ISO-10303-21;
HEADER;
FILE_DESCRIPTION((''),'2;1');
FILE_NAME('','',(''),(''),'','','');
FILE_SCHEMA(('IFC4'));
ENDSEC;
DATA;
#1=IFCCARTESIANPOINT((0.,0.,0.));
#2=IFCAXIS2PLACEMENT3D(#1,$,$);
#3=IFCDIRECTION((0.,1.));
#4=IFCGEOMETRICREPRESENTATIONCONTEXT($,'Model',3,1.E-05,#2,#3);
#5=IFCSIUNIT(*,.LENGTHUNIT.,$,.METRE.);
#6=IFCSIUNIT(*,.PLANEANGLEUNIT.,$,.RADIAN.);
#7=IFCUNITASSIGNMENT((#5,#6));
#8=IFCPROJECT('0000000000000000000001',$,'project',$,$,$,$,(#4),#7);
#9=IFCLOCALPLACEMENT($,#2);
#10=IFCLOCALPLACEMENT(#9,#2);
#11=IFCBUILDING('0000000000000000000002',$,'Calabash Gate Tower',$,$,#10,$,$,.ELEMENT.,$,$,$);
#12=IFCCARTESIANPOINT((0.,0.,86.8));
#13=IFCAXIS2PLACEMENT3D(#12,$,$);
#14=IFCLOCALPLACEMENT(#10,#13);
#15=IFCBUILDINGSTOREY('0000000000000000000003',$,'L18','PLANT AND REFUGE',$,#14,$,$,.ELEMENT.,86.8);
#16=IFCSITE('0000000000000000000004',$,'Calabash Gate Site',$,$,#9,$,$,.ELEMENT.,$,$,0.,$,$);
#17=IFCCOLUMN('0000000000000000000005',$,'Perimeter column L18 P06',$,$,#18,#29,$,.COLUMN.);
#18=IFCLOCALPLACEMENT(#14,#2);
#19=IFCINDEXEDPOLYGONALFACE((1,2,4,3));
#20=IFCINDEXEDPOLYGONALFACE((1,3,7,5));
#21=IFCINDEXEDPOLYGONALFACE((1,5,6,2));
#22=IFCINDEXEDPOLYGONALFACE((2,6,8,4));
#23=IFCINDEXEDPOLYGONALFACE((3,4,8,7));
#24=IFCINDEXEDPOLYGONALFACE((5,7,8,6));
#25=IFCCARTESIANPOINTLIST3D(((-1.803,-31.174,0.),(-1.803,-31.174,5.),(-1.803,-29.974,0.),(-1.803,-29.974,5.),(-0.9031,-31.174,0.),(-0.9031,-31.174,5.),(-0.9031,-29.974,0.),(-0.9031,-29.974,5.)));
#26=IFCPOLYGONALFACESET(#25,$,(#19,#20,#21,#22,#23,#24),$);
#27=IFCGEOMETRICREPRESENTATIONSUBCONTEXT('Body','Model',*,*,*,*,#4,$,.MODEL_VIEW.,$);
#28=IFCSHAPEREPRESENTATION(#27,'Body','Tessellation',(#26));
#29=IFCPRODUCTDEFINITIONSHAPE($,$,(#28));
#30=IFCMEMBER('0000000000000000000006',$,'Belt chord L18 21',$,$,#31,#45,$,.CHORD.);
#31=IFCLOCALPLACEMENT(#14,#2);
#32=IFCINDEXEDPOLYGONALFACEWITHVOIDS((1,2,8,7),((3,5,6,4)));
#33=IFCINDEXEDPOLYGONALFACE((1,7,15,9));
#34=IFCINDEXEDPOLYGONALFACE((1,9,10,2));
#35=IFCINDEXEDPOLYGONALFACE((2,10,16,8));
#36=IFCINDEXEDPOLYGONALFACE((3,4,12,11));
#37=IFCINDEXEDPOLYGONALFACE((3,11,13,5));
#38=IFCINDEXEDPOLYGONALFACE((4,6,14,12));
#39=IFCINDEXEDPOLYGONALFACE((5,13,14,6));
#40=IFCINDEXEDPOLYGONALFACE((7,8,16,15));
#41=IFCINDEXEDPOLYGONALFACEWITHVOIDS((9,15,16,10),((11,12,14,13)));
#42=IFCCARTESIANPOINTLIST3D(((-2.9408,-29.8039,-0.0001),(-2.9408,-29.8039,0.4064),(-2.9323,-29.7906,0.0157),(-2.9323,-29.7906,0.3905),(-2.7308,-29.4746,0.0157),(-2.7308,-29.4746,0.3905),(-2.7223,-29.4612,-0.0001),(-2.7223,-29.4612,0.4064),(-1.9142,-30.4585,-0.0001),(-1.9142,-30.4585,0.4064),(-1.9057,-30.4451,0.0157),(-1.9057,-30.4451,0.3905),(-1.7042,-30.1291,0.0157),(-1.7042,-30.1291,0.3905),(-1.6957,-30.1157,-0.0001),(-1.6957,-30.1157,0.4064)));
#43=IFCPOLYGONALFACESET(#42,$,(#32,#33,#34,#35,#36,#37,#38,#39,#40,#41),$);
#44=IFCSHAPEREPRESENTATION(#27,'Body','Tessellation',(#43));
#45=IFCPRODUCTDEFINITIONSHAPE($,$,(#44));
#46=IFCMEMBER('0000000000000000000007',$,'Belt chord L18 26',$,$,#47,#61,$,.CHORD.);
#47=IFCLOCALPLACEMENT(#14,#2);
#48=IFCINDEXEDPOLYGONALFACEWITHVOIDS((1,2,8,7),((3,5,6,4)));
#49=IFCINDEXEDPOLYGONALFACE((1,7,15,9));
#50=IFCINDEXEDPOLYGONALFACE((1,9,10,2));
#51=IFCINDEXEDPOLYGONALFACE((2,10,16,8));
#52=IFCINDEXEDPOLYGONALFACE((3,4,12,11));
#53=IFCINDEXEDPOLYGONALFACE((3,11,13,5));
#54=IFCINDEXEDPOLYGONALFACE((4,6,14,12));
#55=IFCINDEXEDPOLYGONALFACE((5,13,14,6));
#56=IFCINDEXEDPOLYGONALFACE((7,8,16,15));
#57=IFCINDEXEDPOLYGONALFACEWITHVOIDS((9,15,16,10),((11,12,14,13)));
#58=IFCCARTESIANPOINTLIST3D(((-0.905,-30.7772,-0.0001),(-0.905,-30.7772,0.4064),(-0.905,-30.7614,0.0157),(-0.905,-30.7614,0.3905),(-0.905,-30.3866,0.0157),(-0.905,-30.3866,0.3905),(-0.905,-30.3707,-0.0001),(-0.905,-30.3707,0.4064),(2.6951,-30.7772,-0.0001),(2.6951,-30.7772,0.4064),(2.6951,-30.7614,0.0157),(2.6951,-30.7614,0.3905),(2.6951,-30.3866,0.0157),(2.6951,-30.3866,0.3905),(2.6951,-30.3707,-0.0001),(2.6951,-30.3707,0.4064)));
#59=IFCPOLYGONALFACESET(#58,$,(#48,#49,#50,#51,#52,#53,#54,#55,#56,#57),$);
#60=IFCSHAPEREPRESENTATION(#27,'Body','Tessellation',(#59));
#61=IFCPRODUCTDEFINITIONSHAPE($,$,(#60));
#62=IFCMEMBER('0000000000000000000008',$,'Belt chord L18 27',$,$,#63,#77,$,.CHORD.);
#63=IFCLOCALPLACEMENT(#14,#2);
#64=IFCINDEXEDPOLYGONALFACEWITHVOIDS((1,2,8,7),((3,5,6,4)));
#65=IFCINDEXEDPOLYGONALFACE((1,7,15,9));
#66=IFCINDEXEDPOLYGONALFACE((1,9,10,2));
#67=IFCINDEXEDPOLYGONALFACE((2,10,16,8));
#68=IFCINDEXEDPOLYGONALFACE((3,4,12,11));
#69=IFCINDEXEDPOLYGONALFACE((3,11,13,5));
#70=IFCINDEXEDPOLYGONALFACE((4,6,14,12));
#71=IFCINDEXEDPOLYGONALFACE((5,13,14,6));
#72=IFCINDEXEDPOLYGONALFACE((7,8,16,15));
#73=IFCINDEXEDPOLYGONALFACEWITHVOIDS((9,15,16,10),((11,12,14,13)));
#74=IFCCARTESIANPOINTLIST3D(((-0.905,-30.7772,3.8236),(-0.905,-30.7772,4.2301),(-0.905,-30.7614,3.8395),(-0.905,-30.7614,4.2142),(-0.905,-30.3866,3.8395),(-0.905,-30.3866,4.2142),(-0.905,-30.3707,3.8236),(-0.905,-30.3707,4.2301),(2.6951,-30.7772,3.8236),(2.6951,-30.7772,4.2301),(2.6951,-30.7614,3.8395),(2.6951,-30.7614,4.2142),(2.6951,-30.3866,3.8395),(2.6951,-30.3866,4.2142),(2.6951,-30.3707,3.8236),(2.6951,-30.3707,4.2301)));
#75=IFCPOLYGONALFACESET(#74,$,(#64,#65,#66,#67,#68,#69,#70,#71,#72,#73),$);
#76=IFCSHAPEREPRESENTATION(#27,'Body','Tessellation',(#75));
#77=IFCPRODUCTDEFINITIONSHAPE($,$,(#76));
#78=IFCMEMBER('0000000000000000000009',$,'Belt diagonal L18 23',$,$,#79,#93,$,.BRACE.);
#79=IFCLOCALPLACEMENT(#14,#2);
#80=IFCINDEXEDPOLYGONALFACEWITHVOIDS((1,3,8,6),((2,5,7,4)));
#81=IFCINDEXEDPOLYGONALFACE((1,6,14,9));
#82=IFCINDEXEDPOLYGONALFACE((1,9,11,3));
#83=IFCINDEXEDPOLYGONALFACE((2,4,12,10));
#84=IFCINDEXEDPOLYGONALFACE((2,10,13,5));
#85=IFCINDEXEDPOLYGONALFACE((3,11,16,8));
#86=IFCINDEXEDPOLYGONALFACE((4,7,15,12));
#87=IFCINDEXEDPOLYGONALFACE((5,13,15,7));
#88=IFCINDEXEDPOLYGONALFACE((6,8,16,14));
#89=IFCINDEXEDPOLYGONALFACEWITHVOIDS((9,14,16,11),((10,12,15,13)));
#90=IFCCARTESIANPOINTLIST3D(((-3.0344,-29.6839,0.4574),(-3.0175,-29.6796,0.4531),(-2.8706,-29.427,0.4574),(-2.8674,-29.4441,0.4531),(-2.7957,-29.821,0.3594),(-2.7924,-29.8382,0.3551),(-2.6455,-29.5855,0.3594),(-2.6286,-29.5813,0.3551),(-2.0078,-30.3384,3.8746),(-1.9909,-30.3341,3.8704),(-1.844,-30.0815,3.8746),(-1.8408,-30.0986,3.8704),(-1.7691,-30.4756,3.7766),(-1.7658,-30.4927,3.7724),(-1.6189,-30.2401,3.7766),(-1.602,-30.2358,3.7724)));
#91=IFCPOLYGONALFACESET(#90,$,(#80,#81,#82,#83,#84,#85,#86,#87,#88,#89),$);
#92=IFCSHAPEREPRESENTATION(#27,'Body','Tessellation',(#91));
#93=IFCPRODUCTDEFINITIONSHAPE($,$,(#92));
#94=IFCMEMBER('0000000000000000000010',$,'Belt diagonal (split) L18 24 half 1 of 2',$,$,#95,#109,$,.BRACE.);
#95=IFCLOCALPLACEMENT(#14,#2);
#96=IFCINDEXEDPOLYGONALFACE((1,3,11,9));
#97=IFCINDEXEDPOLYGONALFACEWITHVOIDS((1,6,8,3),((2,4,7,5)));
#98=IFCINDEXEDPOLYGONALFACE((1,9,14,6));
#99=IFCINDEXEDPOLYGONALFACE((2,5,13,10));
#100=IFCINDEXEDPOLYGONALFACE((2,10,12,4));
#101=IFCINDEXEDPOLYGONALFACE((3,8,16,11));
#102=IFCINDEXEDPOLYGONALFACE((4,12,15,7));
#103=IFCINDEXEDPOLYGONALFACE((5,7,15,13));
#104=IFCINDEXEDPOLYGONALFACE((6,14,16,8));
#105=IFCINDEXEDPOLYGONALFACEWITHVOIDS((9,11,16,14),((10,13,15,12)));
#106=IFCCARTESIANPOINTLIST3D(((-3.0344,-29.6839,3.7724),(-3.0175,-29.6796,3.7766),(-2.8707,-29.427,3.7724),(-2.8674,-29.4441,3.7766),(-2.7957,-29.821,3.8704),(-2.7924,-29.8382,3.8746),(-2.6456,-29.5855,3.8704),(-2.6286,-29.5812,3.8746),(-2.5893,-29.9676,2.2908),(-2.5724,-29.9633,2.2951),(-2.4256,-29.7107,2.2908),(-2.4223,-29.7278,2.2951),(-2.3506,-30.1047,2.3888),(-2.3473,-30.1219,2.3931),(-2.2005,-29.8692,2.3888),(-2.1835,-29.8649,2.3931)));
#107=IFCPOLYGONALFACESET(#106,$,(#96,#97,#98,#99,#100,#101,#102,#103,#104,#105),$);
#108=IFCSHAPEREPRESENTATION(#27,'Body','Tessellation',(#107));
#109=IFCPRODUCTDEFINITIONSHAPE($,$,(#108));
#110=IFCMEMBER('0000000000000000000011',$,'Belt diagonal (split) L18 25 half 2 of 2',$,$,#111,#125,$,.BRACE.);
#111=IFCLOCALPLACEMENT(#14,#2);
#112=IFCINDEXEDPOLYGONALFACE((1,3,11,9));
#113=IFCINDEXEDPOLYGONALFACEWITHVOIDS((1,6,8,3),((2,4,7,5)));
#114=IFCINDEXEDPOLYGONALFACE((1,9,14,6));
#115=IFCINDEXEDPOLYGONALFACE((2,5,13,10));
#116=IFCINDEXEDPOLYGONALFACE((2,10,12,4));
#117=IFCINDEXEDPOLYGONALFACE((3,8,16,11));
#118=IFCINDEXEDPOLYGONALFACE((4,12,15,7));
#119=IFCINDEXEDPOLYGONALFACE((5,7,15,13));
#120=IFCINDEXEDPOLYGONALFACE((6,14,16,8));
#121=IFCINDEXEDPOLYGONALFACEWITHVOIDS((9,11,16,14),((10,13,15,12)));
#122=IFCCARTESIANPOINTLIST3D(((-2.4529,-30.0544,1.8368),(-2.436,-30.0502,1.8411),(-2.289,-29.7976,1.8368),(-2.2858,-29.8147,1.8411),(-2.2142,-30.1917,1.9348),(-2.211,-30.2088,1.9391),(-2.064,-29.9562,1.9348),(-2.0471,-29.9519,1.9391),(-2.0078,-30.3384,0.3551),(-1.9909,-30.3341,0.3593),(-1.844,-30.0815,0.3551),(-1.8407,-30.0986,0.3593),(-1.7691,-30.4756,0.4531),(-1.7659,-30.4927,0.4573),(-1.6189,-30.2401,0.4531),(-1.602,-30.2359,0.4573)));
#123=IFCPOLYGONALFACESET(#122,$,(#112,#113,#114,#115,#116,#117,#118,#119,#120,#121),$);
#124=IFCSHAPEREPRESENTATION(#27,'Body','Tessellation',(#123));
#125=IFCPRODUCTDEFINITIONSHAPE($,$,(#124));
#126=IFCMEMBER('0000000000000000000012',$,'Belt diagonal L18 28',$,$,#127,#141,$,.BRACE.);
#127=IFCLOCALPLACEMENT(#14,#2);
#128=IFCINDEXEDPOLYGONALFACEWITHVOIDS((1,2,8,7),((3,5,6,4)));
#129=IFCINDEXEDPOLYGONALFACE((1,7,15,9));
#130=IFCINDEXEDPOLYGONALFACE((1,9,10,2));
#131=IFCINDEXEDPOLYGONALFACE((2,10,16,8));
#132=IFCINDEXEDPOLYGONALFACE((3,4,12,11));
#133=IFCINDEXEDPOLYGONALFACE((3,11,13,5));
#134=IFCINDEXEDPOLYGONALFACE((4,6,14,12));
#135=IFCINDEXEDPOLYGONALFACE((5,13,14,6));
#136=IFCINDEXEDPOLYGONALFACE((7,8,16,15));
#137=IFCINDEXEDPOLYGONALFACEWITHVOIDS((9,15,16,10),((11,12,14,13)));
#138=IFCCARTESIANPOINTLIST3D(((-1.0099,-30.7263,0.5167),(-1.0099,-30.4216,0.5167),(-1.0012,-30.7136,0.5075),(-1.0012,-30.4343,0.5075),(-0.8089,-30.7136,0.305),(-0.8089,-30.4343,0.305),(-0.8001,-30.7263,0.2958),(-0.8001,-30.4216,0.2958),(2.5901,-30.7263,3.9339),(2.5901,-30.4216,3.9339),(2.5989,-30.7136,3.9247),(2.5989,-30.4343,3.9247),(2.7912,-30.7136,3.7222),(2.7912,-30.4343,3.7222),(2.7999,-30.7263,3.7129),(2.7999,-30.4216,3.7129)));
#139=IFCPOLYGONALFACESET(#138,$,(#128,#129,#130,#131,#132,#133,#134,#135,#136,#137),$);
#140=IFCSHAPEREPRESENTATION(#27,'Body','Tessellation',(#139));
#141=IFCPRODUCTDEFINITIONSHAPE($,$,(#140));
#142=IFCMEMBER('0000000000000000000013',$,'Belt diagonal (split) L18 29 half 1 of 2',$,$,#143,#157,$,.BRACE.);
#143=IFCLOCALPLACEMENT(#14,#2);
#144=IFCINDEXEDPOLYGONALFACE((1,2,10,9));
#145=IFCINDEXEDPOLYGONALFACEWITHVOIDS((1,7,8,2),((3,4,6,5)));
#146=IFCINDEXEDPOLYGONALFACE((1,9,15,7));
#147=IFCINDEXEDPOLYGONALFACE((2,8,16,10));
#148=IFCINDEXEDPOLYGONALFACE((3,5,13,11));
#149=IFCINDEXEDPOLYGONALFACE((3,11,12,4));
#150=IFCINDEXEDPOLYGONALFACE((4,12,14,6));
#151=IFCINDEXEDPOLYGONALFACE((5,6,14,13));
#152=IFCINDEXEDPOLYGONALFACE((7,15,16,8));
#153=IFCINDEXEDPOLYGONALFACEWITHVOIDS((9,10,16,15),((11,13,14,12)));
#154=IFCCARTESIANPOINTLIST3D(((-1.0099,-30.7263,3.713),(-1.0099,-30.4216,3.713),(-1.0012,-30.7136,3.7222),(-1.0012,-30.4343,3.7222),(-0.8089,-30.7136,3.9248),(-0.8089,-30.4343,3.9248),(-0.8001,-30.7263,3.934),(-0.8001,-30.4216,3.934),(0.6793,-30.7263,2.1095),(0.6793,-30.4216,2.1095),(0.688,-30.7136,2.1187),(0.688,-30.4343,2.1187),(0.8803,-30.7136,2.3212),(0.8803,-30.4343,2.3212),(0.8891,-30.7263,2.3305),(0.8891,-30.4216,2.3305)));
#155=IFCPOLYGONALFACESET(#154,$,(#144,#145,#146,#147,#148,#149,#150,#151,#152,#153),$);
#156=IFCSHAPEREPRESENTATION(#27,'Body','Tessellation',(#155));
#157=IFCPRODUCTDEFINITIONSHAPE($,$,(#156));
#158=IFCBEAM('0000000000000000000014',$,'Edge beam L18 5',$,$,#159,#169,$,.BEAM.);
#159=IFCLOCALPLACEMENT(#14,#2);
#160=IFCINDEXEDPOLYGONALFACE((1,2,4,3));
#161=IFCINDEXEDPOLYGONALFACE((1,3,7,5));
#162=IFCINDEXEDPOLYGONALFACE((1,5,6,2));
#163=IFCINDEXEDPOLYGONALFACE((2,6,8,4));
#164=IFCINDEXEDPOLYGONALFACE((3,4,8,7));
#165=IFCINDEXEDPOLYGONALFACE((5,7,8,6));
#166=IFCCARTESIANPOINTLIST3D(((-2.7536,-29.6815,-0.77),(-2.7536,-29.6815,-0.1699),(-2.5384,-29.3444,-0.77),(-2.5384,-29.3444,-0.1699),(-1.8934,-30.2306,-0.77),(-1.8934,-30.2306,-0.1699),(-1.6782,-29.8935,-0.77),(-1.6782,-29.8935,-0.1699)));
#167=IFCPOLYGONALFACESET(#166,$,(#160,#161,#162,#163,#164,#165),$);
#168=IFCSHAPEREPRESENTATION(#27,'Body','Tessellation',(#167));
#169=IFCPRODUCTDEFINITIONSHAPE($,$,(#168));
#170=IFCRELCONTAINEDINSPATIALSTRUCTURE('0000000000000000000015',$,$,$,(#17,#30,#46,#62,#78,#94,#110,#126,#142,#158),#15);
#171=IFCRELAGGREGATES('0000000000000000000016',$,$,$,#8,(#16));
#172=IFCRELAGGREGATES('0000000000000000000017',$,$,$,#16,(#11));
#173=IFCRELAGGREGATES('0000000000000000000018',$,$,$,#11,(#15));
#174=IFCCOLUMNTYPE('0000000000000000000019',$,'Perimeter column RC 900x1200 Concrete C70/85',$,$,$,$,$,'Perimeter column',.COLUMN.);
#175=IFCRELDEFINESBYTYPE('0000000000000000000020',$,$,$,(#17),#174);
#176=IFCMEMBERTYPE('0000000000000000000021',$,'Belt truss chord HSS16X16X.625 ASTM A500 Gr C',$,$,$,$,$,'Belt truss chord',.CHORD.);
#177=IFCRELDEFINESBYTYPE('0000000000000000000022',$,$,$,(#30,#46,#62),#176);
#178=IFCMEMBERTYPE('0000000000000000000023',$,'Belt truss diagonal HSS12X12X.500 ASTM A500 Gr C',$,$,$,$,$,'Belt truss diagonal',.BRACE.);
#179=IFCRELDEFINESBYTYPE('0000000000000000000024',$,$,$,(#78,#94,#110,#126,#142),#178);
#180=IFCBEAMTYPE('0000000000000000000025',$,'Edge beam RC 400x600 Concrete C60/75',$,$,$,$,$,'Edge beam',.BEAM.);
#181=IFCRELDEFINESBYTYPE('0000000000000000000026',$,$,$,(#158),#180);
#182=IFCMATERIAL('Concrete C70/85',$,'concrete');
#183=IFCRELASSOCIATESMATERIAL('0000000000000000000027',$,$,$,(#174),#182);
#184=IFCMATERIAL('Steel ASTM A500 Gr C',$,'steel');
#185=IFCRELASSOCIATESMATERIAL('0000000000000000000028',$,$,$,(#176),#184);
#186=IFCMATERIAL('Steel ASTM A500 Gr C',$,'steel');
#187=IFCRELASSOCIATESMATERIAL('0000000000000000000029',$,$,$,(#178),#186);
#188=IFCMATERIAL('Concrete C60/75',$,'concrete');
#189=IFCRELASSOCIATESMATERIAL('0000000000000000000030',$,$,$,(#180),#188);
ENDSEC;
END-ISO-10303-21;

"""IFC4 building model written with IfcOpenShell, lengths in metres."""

from ifc_helpers import new_model, si_unit, direction, frame, origin, origin_2d, place, context, subcontext, project, spatial, rectangle, hollow_rectangle, extrude, material, material_profile, profile_set, type_object, element, save


model = new_model("IFC4")

# Units and contexts
model_context = context("Model", 3, precision=1e-05, world=origin(), true_north=direction((0.0, 1.0)))
body_context = subcontext(model_context, "Body", "Model", "MODEL_VIEW")
ifc_project = project(units=[si_unit("LENGTHUNIT", "METRE"), si_unit("PLANEANGLEUNIT", "RADIAN")], contexts=[model_context])

# Site, building, storey
site_placement = place(None, origin())
site = spatial("IfcSite", under=ifc_project, at=site_placement, Name="Calabash Gate Site", CompositionType="ELEMENT", RefElevation=0.0)
building_placement = place(site_placement, origin())
building = spatial("IfcBuilding", under=site, at=building_placement, Name="Calabash Gate Tower", CompositionType="ELEMENT")
storey_placement = place(building_placement, frame((0.0, 0.0, 86.8)))
storey = spatial("IfcBuildingStorey", under=building, at=storey_placement, Name="L18", Description="PLANT AND REFUGE", CompositionType="ELEMENT", Elevation=86.8)

# Column
ifc_material_1 = material(Name="Concrete C70/85", Category="concrete")
ifc_material_profile_1 = material_profile(ifc_material_1, rectangle(XDim=0.8999, YDim=1.2, at=origin_2d()))
ifc_profile_set_1 = profile_set([ifc_material_profile_1], Name="Concrete C70/85")
column_type_1 = type_object("IfcColumnType", Name="Perimeter column RC 900x1200 Concrete C70/85", ElementType="Perimeter column", PredefinedType="COLUMN", material=ifc_profile_set_1)
column_1_placement = place(storey_placement, frame((-1.353, -30.574, 0.0), z_axis=(0.0, 0.0, 1.0), x_axis=(1.0, 0.0, 0.0)))
element("IfcColumn", 1, at=column_1_placement, inside=storey, type_object=column_type_1, Name="Perimeter column L18 P06", PredefinedType="COLUMN", context=body_context, shape_type="SweptSolid", body=[
    extrude(rectangle(XDim=0.8999, YDim=1.2, at=origin_2d()), origin(), (0.0, 0.0, 1.0), 5.0),
])

# Members
ifc_material_2 = material(Name="Steel ASTM A500 Gr C", Category="steel")
ifc_material_profile_2 = material_profile(ifc_material_2, hollow_rectangle(XDim=0.4065, YDim=0.4065, WallThickness=0.0159, at=origin_2d()))
ifc_profile_set_2 = profile_set([ifc_material_profile_2], Name="Steel ASTM A500 Gr C")
member_type_1 = type_object("IfcMemberType", Name="Belt truss chord HSS16X16X.625 ASTM A500 Gr C", ElementType="Belt truss chord", PredefinedType="CHORD", material=ifc_profile_set_2)
member_1_placement = place(storey_placement, frame((-2.8315, -29.6326, 0.2031), z_axis=(0.843199, -0.537602, 0.0), x_axis=(0.537602, 0.843199, 0.0)))
element("IfcMember", 2, at=member_1_placement, inside=storey, type_object=member_type_1, Name="Belt chord L18 21", PredefinedType="CHORD", context=body_context, shape_type="SweptSolid", body=[
    extrude(hollow_rectangle(XDim=0.4065, YDim=0.4065, WallThickness=0.0159, at=origin_2d()), origin(), (0.0, 0.0, 1.0), 1.2175),
])
for number, where, z_axis, x_axis, name in (
    (3, (-0.905, -30.574, 0.2031), (1.0, 0.0, 0.0), (0.0, 1.0, 0.0), "Belt chord L18 26"),
    (4, (-0.905, -30.574, 4.0269), (1.0, 0.0, 0.0), (0.0, 1.0, 0.0), "Belt chord L18 27"),
):
    element("IfcMember", number, at=place(storey_placement, frame(where, z_axis=z_axis, x_axis=x_axis)), inside=storey, type_object=member_type_1, Name=name, PredefinedType="CHORD", context=body_context, shape_type="SweptSolid", body=[
        extrude(hollow_rectangle(XDim=0.4065, YDim=0.4065, WallThickness=0.0159, at=origin_2d()), origin(), (0.0, 0.0, 1.0), 3.6001),
    ])
ifc_material_3 = material(Name="Steel ASTM A500 Gr C", Category="steel")
ifc_material_profile_3 = material_profile(ifc_material_3, hollow_rectangle(XDim=0.3047, YDim=0.3047, WallThickness=0.0127, at=origin_2d()))
ifc_profile_set_3 = profile_set([ifc_material_profile_3], Name="Steel ASTM A500 Gr C")
member_type_2 = type_object("IfcMemberType", Name="Belt truss diagonal HSS12X12X.500 ASTM A500 Gr C", ElementType="Belt truss diagonal", PredefinedType="BRACE", material=ifc_profile_set_3)
member_2_placement = place(storey_placement, frame((-2.8315, -29.6326, 0.4062), z_axis=(0.282996, -0.180431, 0.941997), x_axis=(0.537602, 0.843199, 0.0)))
element("IfcMember", 5, at=member_2_placement, inside=storey, type_object=member_type_2, Name="Belt diagonal L18 23", PredefinedType="BRACE", context=body_context, shape_type="SweptSolid", body=[
    extrude(hollow_rectangle(XDim=0.3047, YDim=0.3047, WallThickness=0.0127, at=origin_2d()), origin(), (0.0, 0.0, 1.0), 3.6277),
])
member_3_placement = place(storey_placement, frame((-2.8315, -29.6326, 3.8235), z_axis=(0.283004, -0.18039, -0.942002), x_axis=(0.537504, 0.843261, 0.0)))
element("IfcMember", 6, at=member_3_placement, inside=storey, type_object=member_type_2, Name="Belt diagonal (split) L18 24 half 1 of 2", PredefinedType="BRACE", context=body_context, shape_type="SweptSolid", body=[
    extrude(hollow_rectangle(XDim=0.3047, YDim=0.3047, WallThickness=0.0127, at=origin_2d()), origin(), (0.0, 0.0, 1.0), 1.5728),
])
member_4_placement = place(storey_placement, frame((-2.25, -30.0032, 1.8879), z_axis=(0.282955, -0.180514, -0.941993), x_axis=(0.537833, 0.843052, 0.0)))
element("IfcMember", 7, at=member_4_placement, inside=storey, type_object=member_type_2, Name="Belt diagonal (split) L18 25 half 2 of 2", PredefinedType="BRACE", context=body_context, shape_type="SweptSolid", body=[
    extrude(hollow_rectangle(XDim=0.3047, YDim=0.3047, WallThickness=0.0127, at=origin_2d()), origin(), (0.0, 0.0, 1.0), 1.573),
])
member_5_placement = place(storey_placement, frame((-0.905, -30.574, 0.4062), z_axis=(0.725287, 0.0, 0.688447), x_axis=(0.0, 1.0, 0.0)))
element("IfcMember", 8, at=member_5_placement, inside=storey, type_object=member_type_2, Name="Belt diagonal L18 28", PredefinedType="BRACE", context=body_context, shape_type="SweptSolid", body=[
    extrude(hollow_rectangle(XDim=0.3047, YDim=0.3047, WallThickness=0.0127, at=origin_2d()), origin(), (0.0, 0.0, 1.0), 4.9636),
])
member_6_placement = place(storey_placement, frame((-0.905, -30.574, 3.8235), z_axis=(0.725264, 0.0, -0.688471), x_axis=(0.0, 1.0, 0.0)))
element("IfcMember", 9, at=member_6_placement, inside=storey, type_object=member_type_2, Name="Belt diagonal (split) L18 29 half 1 of 2", PredefinedType="BRACE", context=body_context, shape_type="SweptSolid", body=[
    extrude(hollow_rectangle(XDim=0.3047, YDim=0.3047, WallThickness=0.0127, at=origin_2d()), origin(), (0.0, 0.0, 1.0), 2.3291),
])

# Beam
ifc_material_4 = material(Name="Concrete C60/75", Category="concrete")
ifc_material_profile_4 = material_profile(ifc_material_4, rectangle(XDim=0.3999, YDim=0.6001, at=origin_2d()))
ifc_profile_set_4 = profile_set([ifc_material_profile_4], Name="Concrete C60/75")
beam_type_1 = type_object("IfcBeamType", Name="Edge beam RC 400x600 Concrete C60/75", ElementType="Edge beam", PredefinedType="BEAM", material=ifc_profile_set_4)
beam_1_placement = place(storey_placement, frame((-2.646, -29.5129, -0.47), z_axis=(0.842892, -0.538082, 0.0), x_axis=(0.538082, 0.842892, 0.0)))
element("IfcBeam", 10, at=beam_1_placement, inside=storey, type_object=beam_type_1, Name="Edge beam L18 5", PredefinedType="BEAM", context=body_context, shape_type="SweptSolid", body=[
    extrude(rectangle(XDim=0.3999, YDim=0.6001, at=origin_2d()), origin(), (0.0, 0.0, 1.0), 1.0205),
])

save(model, "model.ifc")
